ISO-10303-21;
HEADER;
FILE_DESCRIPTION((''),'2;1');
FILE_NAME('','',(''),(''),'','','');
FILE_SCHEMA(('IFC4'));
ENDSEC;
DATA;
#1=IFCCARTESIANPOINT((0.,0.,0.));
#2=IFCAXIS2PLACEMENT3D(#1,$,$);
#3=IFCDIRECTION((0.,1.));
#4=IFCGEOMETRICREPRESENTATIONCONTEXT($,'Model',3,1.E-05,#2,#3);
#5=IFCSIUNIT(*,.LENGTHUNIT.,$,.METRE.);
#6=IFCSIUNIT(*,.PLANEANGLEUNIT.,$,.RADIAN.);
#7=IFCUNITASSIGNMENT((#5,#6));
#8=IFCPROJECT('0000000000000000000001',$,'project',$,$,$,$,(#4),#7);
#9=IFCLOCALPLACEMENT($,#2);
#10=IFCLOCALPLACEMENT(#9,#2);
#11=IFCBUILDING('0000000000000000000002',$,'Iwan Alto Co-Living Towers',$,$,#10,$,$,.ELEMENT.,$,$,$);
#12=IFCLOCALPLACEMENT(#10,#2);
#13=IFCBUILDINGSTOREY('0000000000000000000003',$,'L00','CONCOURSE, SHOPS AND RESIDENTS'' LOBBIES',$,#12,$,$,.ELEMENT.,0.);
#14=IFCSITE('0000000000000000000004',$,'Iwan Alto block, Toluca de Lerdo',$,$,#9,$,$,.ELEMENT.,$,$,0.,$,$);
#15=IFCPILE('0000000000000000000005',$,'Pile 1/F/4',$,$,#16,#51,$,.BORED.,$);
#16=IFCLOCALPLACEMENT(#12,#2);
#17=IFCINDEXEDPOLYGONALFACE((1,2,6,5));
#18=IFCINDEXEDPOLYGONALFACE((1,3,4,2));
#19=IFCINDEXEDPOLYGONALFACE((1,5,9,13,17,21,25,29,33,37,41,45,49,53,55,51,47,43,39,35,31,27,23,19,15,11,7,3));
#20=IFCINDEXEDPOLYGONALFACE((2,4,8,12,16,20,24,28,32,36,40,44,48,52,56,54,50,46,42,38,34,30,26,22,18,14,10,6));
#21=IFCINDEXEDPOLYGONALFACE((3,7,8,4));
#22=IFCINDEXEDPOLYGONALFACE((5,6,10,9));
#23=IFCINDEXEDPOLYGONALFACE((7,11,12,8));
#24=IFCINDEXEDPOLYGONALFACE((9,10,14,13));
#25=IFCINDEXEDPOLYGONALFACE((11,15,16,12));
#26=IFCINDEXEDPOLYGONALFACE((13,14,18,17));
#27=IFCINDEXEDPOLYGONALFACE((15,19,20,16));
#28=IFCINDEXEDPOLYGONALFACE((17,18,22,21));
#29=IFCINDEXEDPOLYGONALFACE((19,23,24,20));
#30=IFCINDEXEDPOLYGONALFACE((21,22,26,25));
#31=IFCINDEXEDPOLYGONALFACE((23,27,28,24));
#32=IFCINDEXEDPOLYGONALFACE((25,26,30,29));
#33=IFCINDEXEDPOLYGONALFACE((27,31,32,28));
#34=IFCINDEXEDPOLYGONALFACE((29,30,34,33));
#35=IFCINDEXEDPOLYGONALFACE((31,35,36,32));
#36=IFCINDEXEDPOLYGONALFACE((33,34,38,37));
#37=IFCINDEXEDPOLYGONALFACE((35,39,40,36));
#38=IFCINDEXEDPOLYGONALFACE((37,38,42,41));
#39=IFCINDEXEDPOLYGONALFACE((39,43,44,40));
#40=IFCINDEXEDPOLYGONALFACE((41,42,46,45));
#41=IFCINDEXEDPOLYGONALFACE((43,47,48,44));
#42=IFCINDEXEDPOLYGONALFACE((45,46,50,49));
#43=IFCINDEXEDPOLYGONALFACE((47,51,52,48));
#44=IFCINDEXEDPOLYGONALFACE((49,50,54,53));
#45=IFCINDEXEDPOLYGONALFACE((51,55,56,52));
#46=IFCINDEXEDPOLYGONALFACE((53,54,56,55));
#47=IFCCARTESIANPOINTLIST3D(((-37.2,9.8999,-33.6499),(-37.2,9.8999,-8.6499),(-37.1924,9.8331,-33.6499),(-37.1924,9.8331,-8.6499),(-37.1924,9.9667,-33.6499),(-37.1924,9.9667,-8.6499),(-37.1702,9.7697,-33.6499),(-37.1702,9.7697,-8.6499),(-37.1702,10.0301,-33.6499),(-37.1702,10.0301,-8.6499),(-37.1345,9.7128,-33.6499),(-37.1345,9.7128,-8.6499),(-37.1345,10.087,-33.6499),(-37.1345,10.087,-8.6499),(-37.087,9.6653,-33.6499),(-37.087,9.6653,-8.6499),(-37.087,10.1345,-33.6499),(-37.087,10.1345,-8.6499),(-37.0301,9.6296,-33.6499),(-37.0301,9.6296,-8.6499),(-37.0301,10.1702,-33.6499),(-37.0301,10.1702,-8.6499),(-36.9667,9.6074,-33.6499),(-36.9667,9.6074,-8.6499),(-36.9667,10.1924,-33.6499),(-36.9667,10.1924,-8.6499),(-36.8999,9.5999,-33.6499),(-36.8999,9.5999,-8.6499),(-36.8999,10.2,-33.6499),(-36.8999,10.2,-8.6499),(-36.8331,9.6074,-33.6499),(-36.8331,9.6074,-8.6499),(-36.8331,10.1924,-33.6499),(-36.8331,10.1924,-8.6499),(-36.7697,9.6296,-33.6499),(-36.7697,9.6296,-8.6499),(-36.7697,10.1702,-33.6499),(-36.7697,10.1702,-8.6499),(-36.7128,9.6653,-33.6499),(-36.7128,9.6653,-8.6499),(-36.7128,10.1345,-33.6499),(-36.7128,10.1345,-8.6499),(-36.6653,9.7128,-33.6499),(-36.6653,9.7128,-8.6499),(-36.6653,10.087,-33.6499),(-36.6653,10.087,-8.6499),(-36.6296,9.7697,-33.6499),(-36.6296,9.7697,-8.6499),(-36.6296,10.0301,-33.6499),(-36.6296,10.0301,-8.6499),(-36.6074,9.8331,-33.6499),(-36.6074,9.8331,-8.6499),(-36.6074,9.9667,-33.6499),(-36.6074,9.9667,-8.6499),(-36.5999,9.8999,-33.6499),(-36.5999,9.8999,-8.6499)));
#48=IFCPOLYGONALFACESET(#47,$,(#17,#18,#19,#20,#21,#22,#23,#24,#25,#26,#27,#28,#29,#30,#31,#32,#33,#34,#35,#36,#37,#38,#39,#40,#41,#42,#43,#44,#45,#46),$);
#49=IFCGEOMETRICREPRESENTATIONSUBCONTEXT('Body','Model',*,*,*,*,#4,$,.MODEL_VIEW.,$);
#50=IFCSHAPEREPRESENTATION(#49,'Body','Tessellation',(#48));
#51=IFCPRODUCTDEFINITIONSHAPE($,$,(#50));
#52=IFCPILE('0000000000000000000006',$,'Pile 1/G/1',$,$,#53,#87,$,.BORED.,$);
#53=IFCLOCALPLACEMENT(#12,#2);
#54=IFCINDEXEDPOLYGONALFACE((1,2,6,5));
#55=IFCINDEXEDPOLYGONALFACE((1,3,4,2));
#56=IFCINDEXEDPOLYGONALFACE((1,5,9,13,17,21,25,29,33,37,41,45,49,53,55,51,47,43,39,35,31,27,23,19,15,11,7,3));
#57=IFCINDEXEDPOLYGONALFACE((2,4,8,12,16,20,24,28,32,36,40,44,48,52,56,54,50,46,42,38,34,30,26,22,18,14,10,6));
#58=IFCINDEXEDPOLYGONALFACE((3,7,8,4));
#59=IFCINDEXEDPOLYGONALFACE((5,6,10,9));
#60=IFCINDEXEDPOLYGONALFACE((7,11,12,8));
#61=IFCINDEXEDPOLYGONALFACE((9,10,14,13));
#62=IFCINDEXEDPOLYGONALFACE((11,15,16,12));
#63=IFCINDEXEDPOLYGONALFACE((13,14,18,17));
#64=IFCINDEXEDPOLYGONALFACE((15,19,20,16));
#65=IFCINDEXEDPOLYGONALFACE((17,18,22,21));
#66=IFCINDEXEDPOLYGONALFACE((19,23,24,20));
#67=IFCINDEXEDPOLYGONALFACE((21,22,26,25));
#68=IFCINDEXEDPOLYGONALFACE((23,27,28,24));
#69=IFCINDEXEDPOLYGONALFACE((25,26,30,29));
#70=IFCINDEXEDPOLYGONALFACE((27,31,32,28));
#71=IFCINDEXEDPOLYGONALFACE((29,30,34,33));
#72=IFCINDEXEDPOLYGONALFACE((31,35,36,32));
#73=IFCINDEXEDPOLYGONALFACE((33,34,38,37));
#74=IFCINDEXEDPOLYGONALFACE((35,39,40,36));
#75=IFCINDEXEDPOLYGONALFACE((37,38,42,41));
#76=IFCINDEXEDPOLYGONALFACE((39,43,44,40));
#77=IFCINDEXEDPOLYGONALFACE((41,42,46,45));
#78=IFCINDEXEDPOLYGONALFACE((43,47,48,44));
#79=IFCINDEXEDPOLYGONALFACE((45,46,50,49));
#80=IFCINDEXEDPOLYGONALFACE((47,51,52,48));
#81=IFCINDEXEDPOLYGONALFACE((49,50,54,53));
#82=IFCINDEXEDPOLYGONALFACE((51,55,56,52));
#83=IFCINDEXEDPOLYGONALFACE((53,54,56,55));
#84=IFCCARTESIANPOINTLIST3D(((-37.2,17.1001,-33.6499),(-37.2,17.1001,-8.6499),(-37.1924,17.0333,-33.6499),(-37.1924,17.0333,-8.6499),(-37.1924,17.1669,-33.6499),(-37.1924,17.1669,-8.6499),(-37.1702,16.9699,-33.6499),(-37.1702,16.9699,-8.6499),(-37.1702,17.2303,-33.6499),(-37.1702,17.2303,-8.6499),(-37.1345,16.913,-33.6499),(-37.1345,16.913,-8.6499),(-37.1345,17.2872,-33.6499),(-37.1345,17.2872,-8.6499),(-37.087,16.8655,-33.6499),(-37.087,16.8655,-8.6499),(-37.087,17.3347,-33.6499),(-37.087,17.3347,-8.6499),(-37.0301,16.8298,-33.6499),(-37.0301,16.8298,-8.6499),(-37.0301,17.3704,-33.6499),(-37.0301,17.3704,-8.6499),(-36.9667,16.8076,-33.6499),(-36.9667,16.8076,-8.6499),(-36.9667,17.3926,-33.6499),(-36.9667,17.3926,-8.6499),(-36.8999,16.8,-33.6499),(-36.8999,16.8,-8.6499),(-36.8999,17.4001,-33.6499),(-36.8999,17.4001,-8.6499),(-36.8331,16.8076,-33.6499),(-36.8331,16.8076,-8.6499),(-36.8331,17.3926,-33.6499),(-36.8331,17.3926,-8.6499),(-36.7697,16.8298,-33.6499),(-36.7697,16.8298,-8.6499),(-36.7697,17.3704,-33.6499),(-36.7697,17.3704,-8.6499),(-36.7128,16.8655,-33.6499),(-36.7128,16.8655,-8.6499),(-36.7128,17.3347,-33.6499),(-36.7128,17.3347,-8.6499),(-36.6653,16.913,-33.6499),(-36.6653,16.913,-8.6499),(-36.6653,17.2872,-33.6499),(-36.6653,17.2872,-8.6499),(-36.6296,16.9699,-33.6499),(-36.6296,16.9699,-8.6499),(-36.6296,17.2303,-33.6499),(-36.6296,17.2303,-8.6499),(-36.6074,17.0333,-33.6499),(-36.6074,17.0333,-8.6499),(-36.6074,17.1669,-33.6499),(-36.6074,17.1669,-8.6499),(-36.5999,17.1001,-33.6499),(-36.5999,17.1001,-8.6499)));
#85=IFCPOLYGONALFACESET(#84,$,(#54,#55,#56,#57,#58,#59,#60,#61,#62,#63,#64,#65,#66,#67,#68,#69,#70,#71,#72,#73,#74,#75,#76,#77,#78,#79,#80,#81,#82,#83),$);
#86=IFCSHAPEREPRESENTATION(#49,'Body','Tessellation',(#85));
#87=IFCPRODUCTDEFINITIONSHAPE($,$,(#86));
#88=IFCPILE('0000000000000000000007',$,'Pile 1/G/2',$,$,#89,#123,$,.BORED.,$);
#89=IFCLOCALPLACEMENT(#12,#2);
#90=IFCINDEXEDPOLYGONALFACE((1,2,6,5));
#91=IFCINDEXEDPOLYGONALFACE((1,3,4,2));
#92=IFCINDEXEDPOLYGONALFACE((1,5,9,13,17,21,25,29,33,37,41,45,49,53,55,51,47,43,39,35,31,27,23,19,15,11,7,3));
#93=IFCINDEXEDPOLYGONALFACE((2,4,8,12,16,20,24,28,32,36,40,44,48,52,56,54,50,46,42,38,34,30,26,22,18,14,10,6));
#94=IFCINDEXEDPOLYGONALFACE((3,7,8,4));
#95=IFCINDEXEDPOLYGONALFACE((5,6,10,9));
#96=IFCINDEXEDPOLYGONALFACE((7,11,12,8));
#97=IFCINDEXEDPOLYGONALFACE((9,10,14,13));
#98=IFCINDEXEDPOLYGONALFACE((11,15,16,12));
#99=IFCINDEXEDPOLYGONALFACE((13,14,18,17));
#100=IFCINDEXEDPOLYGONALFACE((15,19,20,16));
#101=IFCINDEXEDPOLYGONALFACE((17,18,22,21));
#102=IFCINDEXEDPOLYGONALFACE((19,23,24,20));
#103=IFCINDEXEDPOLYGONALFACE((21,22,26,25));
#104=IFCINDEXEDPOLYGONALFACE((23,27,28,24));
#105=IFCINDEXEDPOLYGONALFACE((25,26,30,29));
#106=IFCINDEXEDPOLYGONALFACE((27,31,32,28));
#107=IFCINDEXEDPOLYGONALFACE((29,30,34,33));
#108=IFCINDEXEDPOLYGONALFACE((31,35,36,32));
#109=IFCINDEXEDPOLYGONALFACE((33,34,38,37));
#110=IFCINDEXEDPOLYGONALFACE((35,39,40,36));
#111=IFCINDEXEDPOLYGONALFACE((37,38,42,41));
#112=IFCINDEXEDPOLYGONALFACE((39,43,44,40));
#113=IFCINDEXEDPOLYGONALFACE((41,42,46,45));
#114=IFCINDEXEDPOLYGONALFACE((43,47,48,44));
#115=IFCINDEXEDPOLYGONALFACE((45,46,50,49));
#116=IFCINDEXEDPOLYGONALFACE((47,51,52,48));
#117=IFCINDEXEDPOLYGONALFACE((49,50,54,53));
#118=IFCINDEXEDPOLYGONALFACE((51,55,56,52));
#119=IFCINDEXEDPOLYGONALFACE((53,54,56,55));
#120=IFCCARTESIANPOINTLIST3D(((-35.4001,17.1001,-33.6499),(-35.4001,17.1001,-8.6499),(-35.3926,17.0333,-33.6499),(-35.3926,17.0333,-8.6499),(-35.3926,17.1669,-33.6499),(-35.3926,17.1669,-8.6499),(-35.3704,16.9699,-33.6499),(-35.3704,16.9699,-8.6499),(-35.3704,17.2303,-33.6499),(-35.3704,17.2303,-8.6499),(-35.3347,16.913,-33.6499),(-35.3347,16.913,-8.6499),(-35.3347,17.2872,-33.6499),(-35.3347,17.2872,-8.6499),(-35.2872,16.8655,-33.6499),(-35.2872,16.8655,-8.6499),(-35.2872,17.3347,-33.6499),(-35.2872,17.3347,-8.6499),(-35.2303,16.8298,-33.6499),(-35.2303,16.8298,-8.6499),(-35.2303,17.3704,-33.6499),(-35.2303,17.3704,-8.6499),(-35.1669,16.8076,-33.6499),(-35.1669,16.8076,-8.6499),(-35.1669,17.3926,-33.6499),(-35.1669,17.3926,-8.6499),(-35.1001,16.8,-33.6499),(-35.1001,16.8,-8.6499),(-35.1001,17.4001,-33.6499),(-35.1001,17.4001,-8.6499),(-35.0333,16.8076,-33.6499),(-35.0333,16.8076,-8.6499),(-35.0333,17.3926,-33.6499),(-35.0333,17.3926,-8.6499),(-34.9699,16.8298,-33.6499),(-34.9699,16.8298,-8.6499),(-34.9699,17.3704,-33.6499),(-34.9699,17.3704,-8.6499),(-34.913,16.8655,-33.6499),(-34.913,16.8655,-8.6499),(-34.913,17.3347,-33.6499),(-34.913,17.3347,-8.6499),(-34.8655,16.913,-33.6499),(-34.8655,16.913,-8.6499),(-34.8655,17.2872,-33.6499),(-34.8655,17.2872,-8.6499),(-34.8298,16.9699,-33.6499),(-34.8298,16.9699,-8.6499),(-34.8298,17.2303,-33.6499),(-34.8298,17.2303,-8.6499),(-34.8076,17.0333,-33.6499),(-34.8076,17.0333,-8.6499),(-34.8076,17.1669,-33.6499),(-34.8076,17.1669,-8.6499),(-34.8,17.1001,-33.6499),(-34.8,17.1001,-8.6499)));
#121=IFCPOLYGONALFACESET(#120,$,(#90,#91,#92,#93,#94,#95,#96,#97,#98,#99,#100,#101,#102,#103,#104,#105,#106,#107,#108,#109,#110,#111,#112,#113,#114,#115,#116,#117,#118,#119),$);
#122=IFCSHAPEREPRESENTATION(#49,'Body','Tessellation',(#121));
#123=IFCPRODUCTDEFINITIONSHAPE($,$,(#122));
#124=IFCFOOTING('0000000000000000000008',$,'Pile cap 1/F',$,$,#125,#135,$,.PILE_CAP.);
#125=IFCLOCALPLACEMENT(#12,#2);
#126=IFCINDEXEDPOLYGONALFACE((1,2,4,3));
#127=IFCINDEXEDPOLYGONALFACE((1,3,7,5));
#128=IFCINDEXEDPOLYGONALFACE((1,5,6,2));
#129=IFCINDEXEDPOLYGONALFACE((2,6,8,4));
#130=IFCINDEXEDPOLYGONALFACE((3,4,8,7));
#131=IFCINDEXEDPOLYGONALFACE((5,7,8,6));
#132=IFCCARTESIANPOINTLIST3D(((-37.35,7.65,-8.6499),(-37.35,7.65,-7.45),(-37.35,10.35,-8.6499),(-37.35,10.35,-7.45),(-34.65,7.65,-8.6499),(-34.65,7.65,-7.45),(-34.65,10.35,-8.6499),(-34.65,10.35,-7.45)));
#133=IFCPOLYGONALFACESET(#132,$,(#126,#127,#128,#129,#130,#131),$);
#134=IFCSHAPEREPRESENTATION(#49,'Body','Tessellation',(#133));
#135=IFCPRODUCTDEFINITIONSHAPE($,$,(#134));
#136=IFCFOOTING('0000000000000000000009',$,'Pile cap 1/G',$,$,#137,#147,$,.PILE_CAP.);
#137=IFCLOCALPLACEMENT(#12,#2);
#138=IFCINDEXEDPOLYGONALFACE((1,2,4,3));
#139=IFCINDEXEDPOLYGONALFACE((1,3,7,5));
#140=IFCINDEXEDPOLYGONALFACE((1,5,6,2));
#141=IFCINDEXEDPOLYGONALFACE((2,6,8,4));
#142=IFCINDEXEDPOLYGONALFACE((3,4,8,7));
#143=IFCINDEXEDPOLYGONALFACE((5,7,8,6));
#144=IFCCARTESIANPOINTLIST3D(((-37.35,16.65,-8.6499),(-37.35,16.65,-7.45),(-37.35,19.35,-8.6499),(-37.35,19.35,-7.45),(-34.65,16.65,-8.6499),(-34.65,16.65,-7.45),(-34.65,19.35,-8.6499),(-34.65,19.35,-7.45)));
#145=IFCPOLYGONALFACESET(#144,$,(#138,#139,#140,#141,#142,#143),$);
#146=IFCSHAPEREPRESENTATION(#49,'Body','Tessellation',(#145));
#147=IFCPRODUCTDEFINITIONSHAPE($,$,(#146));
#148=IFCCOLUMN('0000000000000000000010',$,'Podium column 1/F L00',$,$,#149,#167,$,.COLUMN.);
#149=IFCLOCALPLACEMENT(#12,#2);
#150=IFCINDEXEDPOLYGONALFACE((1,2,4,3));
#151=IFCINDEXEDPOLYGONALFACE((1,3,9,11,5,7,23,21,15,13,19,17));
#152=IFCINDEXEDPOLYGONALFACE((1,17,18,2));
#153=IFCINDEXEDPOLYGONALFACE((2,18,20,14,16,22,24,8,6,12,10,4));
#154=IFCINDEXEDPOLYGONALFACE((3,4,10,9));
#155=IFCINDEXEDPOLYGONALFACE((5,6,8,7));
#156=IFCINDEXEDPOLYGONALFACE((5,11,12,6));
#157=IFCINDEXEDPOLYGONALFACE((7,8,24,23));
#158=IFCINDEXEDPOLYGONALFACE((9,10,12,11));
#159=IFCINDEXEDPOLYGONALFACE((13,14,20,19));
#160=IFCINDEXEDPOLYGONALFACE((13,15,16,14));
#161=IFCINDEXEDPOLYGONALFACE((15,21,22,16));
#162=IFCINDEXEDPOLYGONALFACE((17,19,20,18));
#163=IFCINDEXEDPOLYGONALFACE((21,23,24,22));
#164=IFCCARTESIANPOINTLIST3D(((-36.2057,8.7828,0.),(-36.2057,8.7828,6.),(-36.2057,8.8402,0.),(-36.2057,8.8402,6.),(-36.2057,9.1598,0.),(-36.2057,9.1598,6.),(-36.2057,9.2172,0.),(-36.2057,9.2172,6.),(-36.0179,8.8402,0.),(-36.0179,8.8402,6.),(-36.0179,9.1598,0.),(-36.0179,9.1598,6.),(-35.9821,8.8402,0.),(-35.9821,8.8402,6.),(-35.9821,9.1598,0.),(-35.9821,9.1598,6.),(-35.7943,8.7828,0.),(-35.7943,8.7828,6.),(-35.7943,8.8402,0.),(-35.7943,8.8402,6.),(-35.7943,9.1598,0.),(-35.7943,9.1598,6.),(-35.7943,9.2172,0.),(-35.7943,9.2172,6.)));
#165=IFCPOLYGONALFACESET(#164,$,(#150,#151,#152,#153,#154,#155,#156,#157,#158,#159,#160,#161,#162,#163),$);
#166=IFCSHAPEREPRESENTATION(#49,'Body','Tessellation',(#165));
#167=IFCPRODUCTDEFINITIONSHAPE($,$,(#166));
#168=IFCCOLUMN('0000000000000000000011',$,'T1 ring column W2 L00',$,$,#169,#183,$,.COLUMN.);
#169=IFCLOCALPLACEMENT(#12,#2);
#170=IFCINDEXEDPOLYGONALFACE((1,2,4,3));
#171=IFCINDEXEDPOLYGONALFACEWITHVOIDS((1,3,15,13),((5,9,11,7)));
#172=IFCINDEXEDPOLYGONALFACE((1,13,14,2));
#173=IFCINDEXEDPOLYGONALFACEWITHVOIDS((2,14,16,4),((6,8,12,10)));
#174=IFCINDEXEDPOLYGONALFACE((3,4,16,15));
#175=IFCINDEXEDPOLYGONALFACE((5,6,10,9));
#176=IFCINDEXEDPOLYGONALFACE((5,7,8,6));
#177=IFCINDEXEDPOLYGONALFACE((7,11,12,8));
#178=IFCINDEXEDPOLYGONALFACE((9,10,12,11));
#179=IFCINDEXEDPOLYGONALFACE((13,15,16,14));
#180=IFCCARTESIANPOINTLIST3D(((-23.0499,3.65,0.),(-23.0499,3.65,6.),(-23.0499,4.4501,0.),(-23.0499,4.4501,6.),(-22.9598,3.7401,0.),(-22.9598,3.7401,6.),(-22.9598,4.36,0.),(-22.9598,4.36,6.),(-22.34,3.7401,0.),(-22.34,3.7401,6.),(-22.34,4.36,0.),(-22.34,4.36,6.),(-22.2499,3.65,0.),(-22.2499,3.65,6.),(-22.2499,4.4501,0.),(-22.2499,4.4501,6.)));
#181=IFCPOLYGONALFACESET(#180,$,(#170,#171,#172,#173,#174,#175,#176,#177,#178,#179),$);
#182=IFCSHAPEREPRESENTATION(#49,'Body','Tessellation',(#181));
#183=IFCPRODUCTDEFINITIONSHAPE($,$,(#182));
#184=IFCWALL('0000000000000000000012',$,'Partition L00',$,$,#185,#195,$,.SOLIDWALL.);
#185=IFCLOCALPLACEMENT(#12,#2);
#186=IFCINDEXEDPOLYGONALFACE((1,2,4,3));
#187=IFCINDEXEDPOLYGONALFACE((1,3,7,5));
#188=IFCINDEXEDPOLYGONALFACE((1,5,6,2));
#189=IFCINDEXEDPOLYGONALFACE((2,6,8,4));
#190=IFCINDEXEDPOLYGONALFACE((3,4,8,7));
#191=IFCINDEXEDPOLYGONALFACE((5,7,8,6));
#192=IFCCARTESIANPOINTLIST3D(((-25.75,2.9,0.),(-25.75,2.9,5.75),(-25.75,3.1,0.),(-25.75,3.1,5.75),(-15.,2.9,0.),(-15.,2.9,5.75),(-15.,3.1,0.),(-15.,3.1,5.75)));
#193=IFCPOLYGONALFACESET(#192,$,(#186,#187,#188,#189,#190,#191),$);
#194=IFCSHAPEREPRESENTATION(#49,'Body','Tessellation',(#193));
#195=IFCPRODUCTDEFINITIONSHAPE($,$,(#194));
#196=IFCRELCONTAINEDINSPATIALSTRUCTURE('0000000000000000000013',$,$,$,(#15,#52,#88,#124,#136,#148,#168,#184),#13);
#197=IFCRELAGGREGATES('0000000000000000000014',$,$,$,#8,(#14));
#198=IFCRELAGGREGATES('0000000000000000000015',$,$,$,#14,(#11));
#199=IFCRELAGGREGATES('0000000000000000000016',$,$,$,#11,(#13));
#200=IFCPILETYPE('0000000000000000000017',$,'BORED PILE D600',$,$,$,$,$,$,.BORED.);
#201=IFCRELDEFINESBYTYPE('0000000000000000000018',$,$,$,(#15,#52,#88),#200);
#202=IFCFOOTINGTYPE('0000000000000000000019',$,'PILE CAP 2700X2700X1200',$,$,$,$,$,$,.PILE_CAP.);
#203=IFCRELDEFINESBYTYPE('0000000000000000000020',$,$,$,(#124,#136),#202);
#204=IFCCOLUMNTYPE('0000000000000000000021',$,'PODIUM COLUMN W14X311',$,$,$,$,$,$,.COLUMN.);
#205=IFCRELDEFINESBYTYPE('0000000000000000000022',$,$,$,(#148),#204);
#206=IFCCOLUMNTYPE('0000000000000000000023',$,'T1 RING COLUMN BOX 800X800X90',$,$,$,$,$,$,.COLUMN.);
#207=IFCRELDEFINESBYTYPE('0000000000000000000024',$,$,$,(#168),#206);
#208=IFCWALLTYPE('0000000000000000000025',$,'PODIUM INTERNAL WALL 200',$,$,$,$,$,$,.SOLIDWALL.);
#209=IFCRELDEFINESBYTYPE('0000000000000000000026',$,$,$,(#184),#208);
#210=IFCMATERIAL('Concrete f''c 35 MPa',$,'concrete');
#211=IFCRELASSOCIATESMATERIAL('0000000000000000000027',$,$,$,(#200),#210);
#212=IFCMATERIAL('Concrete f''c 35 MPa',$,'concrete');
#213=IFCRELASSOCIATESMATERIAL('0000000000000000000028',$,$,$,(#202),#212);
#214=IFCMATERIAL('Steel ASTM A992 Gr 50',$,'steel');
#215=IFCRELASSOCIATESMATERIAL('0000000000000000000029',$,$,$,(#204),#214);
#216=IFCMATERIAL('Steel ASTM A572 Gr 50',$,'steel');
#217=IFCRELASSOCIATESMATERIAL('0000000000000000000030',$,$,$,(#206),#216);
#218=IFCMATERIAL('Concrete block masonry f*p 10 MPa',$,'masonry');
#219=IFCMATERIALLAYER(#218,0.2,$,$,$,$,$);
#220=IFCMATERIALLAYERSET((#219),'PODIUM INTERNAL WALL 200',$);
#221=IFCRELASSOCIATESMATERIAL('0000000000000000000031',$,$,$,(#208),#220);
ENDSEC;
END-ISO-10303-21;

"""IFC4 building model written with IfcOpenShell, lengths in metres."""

from ifc_helpers import new_model, si_unit, direction, frame, frame_2d, origin, origin_2d, place, context, subcontext, project, spatial, rectangle, hollow_rectangle, circle, i_section, extrude, material, layer, layer_set, material_profile, profile_set, type_object, element, save


model = new_model("IFC4")

# Units and contexts
model_context = context("Model", 3, precision=1e-05, world=origin(), true_north=direction((0.0, 1.0)))
body_context = subcontext(model_context, "Body", "Model", "MODEL_VIEW")
ifc_project = project(units=[si_unit("LENGTHUNIT", "METRE"), si_unit("PLANEANGLEUNIT", "RADIAN")], contexts=[model_context])

# Site, building, storey
site_placement = place(None, origin())
site = spatial("IfcSite", under=ifc_project, at=site_placement, Name="Iwan Alto block, Toluca de Lerdo", CompositionType="ELEMENT", RefElevation=0.0)
building_placement = place(site_placement, origin())
building = spatial("IfcBuilding", under=site, at=building_placement, Name="Iwan Alto Co-Living Towers", CompositionType="ELEMENT")
storey_placement = place(building_placement, origin())
storey = spatial("IfcBuildingStorey", under=building, at=storey_placement, Name="L00", Description="CONCOURSE, SHOPS AND RESIDENTS' LOBBIES", CompositionType="ELEMENT", Elevation=0.0)

# Piles
ifc_material_1 = material(Name="Concrete f'c 35 MPa", Category="concrete")
ifc_material_profile_1 = material_profile(ifc_material_1, circle(Radius=0.3, at=origin_2d()), Name="D600")
ifc_profile_set_1 = profile_set([ifc_material_profile_1], Name="Concrete f'c 35 MPa")
pile_type_1 = type_object("IfcPileType", Name="BORED PILE D600", PredefinedType="BORED", material=ifc_profile_set_1)
for number, where, z_axis, x_axis, name in (
    (1, (-36.8999, 9.8999, -8.6499), (0.0, 0.0, -1.0), (1.0, 0.0, 0.0), "Pile 1/F/4"),
    (2, (-36.8999, 17.1001, -8.6499), (0.0, 0.0, -1.0), (1.0, 0.0, 0.0), "Pile 1/G/1"),
    (3, (-35.1001, 17.1001, -8.6499), (0.0, 0.0, -1.0), (1.0, 0.0, 0.0), "Pile 1/G/2"),
):
    element("IfcPile", number, at=place(storey_placement, frame(where, z_axis=z_axis, x_axis=x_axis)), inside=storey, type_object=pile_type_1, Name=name, PredefinedType="BORED", context=body_context, shape_type="SweptSolid", body=[
        extrude(circle(Radius=0.3, at=origin_2d()), origin(), (0.0, 0.0, 1.0), 25.0),
    ])

# Footings
ifc_material_2 = material(Name="Concrete f'c 35 MPa", Category="concrete")
footing_type = type_object("IfcFootingType", Name="PILE CAP 2700X2700X1200", PredefinedType="PILE_CAP", material=ifc_material_2)
for number, where, z_axis, x_axis, name in (
    (4, (-36.0, 9.0, -8.6499), (0.0, 0.0, 1.0), (1.0, 0.0, 0.0), "Pile cap 1/F"),
    (5, (-36.0, 18.0, -8.6499), (0.0, 0.0, 1.0), (1.0, 0.0, 0.0), "Pile cap 1/G"),
):
    element("IfcFooting", number, at=place(storey_placement, frame(where, z_axis=z_axis, x_axis=x_axis)), inside=storey, type_object=footing_type, Name=name, PredefinedType="PILE_CAP", context=body_context, shape_type="SweptSolid", body=[
        extrude(rectangle(XDim=2.7, YDim=2.7, at=origin_2d()), origin(), (0.0, 0.0, 1.0), 1.2),
    ])

# Columns
ifc_material_3 = material(Name="Steel ASTM A992 Gr 50", Category="steel")
ifc_material_profile_2 = material_profile(ifc_material_3, i_section(OverallWidth=0.4114, OverallDepth=0.4343, WebThickness=0.0359, FlangeThickness=0.0574, at=origin_2d()), Name="W14X311")
ifc_profile_set_2 = profile_set([ifc_material_profile_2], Name="Steel ASTM A992 Gr 50")
column_type_1 = type_object("IfcColumnType", Name="PODIUM COLUMN W14X311", PredefinedType="COLUMN", material=ifc_profile_set_2)
column_1_placement = place(storey_placement, frame((-36.0, 9.0, 0.0), z_axis=(0.0, 0.0, 1.0), x_axis=(1.0, 0.0, 0.0)))
element("IfcColumn", 6, at=column_1_placement, inside=storey, type_object=column_type_1, Name="Podium column 1/F L00", PredefinedType="COLUMN", context=body_context, shape_type="SweptSolid", body=[
    extrude(i_section(OverallWidth=0.4114, OverallDepth=0.4343, WebThickness=0.0359, FlangeThickness=0.0574, at=origin_2d()), origin(), (0.0, 0.0, 1.0), 6.0),
])
ifc_material_4 = material(Name="Steel ASTM A572 Gr 50", Category="steel")
ifc_material_profile_3 = material_profile(ifc_material_4, hollow_rectangle(XDim=0.8, YDim=0.8, WallThickness=0.0901, at=origin_2d()), Name="BOX 800X800X90")
ifc_profile_set_3 = profile_set([ifc_material_profile_3], Name="Steel ASTM A572 Gr 50")
column_type_2 = type_object("IfcColumnType", Name="T1 RING COLUMN BOX 800X800X90", PredefinedType="COLUMN", material=ifc_profile_set_3)
column_2_placement = place(storey_placement, frame((-22.6499, 4.05, 0.0), z_axis=(0.0, 0.0, 1.0), x_axis=(1.0, 0.0, 0.0)))
element("IfcColumn", 7, at=column_2_placement, inside=storey, type_object=column_type_2, Name="T1 ring column W2 L00", PredefinedType="COLUMN", context=body_context, shape_type="SweptSolid", body=[
    extrude(hollow_rectangle(XDim=0.8, YDim=0.8, WallThickness=0.0901, at=origin_2d()), origin(), (0.0, 0.0, 1.0), 6.0),
])

# Wall
ifc_material_5 = material(Name="Concrete block masonry f*p 10 MPa", Category="masonry")
ifc_layer_1 = layer(ifc_material_5, 0.2)
ifc_layer_set_1 = layer_set([ifc_layer_1], Name="PODIUM INTERNAL WALL 200")
wall_type_1 = type_object("IfcWallType", Name="PODIUM INTERNAL WALL 200", PredefinedType="SOLIDWALL", material=ifc_layer_set_1)
wall_1_placement = place(storey_placement, frame((-25.75, 3.0, 0.0), z_axis=(0.0, 0.0, 1.0), x_axis=(1.0, 0.0, 0.0)))
element("IfcWall", 8, at=wall_1_placement, inside=storey, type_object=wall_type_1, Name="Partition L00", PredefinedType="SOLIDWALL", context=body_context, shape_type="SweptSolid", body=[
    extrude(rectangle(XDim=10.75, YDim=0.2, at=frame_2d((5.375, 0.0))), origin(), (0.0, 0.0, 1.0), 5.75),
])

save(model, "model.ifc")
